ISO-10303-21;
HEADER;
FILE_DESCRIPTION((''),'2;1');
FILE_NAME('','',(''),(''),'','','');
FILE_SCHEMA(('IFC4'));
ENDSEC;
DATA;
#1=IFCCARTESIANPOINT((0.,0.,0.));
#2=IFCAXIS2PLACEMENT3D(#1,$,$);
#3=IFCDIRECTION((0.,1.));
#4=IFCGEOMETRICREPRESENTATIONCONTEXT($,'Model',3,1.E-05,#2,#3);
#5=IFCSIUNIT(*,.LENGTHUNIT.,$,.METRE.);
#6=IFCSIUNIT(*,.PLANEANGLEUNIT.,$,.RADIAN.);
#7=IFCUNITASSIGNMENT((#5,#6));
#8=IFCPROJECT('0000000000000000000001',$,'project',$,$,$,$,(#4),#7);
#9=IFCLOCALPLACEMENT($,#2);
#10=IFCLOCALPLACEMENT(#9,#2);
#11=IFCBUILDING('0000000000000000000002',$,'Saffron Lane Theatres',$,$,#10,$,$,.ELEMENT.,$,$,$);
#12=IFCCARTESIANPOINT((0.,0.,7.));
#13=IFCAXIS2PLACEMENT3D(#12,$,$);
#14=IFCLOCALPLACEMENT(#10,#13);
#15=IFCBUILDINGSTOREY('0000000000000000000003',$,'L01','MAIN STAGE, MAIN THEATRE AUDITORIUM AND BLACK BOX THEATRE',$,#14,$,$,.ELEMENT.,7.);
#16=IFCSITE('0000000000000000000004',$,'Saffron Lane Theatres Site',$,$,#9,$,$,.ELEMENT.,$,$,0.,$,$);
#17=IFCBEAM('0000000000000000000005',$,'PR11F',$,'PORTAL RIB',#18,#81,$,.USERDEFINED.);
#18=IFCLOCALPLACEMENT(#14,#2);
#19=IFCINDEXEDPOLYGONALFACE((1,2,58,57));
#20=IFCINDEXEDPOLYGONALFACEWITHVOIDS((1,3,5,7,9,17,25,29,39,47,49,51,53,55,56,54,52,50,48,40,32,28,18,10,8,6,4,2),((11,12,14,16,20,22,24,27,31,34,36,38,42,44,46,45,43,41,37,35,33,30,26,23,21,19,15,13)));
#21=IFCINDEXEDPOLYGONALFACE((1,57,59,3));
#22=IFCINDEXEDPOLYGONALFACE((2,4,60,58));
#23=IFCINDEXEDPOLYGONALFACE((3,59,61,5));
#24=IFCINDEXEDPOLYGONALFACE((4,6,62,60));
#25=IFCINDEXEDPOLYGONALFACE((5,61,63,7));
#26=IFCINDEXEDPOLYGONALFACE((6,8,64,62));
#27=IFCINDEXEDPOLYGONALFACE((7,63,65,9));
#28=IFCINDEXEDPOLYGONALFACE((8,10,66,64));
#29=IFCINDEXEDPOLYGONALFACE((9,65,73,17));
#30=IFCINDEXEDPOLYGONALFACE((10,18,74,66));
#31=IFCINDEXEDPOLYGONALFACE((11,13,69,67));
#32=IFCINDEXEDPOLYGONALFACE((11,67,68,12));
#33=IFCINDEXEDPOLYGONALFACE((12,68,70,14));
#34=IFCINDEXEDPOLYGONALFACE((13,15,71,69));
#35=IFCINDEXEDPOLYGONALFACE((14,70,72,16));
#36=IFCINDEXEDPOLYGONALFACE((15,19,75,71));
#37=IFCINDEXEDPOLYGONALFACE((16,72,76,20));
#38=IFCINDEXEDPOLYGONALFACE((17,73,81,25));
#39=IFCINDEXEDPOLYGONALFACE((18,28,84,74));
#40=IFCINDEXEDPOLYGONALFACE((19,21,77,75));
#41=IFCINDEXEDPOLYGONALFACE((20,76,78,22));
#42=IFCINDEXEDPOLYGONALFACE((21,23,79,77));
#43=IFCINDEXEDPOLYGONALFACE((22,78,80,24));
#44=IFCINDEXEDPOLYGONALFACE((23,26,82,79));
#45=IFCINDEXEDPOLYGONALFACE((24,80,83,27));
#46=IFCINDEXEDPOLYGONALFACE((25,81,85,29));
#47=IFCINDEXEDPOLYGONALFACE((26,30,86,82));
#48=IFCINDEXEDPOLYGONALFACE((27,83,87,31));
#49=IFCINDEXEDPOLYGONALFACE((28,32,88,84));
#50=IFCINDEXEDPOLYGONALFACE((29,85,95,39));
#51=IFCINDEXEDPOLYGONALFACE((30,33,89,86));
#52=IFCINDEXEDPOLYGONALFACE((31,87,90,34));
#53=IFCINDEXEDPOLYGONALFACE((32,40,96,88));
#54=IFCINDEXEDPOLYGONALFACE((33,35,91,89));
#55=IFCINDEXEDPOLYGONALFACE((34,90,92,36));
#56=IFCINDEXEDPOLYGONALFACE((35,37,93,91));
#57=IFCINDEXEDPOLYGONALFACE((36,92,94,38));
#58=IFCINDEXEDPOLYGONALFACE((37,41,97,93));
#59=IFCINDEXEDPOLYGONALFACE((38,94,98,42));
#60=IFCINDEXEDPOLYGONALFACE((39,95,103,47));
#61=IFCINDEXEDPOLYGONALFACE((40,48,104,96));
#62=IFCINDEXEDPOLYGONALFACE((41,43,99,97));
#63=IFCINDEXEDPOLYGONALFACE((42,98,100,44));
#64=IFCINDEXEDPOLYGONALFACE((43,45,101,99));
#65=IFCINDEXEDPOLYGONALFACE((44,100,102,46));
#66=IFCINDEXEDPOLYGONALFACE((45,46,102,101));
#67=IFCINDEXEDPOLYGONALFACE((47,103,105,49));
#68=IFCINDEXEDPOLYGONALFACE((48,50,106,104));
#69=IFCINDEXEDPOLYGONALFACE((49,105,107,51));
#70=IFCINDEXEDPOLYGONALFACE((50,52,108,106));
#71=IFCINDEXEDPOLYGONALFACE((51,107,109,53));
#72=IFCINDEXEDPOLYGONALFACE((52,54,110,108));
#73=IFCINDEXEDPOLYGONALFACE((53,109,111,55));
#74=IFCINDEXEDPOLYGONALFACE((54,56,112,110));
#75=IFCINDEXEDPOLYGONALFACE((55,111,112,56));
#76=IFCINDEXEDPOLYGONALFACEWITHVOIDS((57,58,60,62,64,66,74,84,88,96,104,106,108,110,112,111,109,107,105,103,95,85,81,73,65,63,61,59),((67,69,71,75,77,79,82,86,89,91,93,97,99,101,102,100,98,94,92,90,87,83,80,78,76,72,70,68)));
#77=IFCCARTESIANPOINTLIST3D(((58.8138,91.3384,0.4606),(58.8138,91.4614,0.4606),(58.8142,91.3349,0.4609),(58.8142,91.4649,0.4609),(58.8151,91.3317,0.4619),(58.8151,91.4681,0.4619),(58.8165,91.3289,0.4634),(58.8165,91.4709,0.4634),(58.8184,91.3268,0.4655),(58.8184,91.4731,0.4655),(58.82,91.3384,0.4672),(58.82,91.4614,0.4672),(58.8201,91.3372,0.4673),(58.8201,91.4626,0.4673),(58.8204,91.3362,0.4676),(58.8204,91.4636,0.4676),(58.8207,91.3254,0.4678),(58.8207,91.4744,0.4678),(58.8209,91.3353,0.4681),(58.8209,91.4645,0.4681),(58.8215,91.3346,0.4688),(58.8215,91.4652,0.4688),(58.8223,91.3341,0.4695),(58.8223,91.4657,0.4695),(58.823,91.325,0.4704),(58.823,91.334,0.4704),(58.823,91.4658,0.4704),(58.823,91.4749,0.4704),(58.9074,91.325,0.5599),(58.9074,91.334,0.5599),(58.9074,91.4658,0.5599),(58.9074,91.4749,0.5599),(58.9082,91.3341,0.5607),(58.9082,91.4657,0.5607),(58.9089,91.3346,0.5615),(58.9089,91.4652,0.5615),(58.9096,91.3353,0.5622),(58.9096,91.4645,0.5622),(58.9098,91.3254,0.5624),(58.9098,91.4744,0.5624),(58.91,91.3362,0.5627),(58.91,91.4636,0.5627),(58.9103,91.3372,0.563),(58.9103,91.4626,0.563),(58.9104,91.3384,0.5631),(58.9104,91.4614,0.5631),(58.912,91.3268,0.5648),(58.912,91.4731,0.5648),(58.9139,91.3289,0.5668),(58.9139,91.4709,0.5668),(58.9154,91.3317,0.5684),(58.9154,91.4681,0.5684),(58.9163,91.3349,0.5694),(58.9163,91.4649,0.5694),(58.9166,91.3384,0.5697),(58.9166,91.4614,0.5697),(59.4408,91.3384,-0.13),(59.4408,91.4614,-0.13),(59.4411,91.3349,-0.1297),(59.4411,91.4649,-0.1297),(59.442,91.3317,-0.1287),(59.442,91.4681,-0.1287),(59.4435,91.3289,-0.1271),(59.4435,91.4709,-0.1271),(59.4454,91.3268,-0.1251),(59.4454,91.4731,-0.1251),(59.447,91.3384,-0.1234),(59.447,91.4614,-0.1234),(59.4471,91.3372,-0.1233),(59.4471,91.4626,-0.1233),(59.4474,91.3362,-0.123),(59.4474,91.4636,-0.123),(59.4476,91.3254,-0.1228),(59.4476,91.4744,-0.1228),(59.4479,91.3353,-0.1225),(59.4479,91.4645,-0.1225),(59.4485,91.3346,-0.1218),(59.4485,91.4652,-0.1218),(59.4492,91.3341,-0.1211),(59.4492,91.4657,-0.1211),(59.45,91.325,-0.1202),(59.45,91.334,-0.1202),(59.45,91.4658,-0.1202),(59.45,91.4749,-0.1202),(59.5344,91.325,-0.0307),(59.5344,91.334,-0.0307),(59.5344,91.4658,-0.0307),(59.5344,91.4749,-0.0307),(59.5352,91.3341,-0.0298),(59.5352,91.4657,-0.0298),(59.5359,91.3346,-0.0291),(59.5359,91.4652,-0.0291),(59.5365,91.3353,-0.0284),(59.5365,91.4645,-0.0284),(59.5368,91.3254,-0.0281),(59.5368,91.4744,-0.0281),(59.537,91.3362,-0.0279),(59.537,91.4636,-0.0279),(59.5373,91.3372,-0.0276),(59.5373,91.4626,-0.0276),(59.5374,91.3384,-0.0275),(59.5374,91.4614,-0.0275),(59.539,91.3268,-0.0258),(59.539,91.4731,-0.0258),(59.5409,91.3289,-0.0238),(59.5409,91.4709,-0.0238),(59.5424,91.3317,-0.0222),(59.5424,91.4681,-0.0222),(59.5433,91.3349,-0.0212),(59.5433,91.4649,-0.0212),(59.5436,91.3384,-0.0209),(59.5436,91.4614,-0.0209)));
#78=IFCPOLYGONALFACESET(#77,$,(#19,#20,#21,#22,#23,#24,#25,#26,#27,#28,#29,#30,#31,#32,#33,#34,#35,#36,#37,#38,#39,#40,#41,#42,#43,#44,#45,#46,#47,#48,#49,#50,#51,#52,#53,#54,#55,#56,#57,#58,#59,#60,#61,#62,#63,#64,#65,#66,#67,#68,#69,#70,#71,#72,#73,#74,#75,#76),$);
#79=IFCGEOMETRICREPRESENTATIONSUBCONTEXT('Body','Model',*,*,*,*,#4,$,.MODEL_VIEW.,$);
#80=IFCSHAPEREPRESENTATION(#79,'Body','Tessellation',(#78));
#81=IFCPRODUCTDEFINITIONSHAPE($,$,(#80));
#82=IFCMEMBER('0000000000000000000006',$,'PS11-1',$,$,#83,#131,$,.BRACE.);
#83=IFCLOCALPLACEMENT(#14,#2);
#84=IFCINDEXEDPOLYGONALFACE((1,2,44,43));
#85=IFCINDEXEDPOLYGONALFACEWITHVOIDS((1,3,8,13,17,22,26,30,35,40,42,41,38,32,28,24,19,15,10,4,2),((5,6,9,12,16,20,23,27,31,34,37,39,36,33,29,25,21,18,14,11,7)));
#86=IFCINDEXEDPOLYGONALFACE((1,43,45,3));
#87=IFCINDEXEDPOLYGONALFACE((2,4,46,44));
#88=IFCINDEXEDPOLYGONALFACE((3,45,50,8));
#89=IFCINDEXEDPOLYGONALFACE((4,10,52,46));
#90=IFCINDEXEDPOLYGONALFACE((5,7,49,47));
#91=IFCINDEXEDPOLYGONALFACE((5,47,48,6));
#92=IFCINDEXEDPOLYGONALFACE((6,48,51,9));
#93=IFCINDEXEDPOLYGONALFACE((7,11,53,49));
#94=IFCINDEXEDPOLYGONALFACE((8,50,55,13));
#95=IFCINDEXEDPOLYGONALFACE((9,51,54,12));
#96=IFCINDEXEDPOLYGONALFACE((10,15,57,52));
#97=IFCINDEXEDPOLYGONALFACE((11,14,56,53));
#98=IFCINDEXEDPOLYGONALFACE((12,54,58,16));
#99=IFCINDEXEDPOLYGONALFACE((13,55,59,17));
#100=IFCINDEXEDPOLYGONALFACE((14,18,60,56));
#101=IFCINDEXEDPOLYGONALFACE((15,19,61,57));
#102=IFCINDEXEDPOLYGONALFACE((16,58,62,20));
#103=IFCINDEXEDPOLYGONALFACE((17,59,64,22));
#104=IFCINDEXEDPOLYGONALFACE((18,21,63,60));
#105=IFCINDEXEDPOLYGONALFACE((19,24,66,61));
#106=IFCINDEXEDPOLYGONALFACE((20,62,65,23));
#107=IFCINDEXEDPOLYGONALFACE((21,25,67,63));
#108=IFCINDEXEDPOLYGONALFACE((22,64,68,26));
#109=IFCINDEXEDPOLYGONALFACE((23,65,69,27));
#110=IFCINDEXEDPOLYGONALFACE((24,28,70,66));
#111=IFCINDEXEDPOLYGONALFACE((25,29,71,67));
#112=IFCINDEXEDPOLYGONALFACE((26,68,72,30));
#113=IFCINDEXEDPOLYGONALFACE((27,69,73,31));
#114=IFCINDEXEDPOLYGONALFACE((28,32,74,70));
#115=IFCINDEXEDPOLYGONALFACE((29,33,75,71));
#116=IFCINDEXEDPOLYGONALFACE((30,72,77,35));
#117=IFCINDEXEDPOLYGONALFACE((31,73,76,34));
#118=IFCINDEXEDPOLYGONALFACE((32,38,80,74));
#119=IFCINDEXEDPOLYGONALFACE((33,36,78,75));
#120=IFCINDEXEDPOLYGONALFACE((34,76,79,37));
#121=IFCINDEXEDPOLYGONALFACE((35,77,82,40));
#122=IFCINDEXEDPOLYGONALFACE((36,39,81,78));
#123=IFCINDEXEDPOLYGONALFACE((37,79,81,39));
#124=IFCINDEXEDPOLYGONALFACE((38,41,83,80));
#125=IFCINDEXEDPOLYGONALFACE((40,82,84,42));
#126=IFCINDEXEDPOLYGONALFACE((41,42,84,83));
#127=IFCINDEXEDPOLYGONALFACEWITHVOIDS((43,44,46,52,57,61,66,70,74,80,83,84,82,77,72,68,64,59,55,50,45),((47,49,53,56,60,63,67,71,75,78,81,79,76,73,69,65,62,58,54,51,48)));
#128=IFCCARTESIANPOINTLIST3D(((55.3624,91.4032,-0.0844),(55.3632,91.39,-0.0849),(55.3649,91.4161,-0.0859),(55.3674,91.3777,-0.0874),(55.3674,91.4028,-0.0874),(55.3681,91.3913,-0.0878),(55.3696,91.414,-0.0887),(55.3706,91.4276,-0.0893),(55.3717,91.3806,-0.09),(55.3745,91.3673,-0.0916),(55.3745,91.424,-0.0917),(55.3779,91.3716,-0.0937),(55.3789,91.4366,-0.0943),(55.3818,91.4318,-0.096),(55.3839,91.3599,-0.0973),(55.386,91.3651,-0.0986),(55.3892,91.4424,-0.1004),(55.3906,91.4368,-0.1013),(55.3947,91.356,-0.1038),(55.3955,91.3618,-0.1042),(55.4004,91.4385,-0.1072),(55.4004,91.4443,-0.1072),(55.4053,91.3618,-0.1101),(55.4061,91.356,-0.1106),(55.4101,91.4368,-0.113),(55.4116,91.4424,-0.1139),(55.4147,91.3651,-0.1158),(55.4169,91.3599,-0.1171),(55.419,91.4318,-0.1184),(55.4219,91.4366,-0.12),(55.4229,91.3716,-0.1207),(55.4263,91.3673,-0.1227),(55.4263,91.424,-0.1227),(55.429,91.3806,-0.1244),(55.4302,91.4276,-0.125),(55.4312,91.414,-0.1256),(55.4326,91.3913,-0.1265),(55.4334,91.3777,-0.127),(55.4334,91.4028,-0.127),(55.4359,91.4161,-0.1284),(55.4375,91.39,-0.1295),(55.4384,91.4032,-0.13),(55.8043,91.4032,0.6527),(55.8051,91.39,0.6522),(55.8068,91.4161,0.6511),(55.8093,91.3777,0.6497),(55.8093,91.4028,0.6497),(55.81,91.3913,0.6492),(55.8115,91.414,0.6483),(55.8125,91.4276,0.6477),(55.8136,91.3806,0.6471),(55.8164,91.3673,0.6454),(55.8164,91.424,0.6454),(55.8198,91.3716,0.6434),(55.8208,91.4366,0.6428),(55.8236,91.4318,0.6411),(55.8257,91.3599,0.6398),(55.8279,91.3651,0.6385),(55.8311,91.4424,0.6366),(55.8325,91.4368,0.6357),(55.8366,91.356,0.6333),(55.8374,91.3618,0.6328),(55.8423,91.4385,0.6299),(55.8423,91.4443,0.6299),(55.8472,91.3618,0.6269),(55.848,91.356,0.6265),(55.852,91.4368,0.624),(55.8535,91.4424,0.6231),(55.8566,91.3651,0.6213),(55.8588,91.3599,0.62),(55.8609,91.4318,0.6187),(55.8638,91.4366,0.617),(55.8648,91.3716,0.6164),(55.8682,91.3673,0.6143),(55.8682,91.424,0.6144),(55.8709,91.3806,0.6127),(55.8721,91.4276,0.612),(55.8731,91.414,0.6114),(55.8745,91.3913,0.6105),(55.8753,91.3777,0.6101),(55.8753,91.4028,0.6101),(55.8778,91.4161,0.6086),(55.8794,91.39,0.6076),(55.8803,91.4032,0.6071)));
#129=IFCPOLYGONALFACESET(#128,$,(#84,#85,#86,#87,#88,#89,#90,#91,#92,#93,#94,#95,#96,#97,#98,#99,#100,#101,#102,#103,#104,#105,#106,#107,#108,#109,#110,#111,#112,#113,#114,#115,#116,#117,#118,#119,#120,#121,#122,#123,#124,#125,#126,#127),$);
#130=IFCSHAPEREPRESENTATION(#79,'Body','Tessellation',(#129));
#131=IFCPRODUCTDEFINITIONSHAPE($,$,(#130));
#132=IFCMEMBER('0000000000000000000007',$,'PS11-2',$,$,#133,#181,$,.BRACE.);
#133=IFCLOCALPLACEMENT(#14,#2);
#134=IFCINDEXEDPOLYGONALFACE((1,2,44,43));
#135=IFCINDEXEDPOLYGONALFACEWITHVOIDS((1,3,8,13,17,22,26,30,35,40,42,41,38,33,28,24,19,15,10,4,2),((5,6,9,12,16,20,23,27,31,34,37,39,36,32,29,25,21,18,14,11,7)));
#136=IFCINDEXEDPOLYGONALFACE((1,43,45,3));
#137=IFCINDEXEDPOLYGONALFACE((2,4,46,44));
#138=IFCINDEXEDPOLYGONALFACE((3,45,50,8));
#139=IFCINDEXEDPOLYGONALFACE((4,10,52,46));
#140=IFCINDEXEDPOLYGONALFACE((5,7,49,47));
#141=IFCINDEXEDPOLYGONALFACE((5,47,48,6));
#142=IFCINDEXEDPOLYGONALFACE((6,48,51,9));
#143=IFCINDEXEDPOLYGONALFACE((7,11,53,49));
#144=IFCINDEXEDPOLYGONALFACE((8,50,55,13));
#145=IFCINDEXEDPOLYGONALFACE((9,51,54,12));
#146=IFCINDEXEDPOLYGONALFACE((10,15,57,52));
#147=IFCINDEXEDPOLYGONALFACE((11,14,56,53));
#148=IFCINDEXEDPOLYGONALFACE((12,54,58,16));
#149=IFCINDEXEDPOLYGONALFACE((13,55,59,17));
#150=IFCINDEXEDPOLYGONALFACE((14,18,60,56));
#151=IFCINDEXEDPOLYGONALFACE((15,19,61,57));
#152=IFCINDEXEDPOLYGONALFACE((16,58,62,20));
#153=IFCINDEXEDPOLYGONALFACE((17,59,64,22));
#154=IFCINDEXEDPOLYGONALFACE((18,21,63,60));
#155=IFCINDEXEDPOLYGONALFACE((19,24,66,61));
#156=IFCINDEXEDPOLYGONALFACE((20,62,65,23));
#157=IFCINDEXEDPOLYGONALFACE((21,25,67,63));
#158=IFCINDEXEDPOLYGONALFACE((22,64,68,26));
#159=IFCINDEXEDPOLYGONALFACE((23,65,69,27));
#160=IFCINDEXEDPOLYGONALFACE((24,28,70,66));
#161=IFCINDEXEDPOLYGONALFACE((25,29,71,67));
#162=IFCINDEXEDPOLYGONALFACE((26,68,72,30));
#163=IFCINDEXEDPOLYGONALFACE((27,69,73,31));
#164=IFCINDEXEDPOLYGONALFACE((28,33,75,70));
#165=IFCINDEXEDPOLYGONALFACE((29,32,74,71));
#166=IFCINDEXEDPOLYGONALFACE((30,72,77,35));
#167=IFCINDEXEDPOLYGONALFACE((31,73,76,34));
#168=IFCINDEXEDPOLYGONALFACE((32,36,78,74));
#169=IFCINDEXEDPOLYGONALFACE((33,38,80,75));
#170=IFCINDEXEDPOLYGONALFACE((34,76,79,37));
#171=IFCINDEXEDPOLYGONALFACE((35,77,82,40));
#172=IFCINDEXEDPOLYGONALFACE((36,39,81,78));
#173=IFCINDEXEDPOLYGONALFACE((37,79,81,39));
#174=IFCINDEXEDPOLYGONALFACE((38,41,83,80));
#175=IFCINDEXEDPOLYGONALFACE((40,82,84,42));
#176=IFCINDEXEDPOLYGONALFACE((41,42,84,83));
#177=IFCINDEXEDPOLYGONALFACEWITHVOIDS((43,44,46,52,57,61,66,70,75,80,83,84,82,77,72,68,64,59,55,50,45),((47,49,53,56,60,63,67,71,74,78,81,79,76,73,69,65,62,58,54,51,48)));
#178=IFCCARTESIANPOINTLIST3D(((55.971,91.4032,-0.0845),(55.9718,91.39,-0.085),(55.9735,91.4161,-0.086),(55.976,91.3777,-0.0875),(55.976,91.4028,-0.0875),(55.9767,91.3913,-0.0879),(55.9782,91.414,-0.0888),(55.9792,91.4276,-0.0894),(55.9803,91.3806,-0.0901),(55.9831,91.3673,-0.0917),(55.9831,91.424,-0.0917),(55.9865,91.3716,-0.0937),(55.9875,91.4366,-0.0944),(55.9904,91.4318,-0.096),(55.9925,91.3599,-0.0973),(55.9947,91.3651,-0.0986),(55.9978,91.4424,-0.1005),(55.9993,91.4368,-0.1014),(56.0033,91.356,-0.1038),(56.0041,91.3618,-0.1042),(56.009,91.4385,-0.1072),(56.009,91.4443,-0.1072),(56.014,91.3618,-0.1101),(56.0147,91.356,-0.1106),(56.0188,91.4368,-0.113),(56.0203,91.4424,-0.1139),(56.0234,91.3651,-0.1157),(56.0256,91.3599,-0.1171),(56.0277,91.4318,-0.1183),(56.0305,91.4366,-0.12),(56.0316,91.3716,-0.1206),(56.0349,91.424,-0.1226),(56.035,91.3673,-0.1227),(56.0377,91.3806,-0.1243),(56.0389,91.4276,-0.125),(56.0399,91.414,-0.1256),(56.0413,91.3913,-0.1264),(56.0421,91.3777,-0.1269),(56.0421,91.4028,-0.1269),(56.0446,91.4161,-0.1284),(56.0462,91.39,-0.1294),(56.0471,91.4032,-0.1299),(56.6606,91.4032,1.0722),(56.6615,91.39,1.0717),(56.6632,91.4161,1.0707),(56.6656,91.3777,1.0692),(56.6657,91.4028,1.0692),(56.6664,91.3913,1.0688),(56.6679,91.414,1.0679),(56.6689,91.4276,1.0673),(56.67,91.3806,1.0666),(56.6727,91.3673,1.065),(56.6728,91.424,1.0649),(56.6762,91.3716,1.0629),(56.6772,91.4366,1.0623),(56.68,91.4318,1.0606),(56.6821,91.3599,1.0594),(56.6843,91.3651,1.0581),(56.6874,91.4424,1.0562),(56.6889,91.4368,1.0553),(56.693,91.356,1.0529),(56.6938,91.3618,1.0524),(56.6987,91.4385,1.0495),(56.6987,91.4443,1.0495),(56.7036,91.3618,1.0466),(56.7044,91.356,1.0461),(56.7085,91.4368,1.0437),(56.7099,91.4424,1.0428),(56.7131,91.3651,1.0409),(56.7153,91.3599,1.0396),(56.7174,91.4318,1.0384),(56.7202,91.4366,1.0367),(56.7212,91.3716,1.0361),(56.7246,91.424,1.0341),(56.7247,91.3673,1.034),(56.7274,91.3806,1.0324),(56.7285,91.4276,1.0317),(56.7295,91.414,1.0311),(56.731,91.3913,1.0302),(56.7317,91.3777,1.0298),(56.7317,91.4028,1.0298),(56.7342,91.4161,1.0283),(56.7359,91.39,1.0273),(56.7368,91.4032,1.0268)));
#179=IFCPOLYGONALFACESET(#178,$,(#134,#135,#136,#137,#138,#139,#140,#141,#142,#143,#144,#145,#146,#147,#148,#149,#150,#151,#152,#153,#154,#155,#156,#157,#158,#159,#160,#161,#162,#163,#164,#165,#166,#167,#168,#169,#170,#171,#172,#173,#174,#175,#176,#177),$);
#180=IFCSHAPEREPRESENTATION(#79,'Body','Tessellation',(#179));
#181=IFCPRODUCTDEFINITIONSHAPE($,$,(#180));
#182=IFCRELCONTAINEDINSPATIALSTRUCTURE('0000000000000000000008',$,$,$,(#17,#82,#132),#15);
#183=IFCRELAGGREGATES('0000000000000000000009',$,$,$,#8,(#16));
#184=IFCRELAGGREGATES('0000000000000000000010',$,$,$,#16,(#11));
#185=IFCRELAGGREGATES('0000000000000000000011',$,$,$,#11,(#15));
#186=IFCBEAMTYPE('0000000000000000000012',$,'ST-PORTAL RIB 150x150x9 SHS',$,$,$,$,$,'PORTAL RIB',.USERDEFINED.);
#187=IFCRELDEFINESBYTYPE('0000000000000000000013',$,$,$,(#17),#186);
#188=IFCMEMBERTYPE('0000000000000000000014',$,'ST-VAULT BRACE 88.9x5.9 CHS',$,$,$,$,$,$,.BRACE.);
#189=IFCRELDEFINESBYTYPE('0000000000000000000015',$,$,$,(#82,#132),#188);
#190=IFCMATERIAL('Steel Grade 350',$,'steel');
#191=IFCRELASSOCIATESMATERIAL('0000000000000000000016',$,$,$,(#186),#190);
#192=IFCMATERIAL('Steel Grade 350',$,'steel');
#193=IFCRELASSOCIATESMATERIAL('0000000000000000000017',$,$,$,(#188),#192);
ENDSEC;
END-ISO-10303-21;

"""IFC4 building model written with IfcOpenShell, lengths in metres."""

from ifc_helpers import new_model, si_unit, direction, frame, origin, origin_2d, place, context, subcontext, project, spatial, hollow_rectangle, hollow_circle, extrude, material, material_profile, profile_set, type_object, element, save


model = new_model("IFC4")

# Units and contexts
model_context = context("Model", 3, precision=1e-05, world=origin(), true_north=direction((0.0, 1.0)))
body_context = subcontext(model_context, "Body", "Model", "MODEL_VIEW")
ifc_project = project(units=[si_unit("LENGTHUNIT", "METRE"), si_unit("PLANEANGLEUNIT", "RADIAN")], contexts=[model_context])

# Site, building, storey
site_placement = place(None, origin())
site = spatial("IfcSite", under=ifc_project, at=site_placement, Name="Saffron Lane Theatres Site", CompositionType="ELEMENT", RefElevation=0.0)
building_placement = place(site_placement, origin())
building = spatial("IfcBuilding", under=site, at=building_placement, Name="Saffron Lane Theatres", CompositionType="ELEMENT")
storey_placement = place(building_placement, frame((0.0, 0.0, 7.0)))
storey = spatial("IfcBuildingStorey", under=building, at=storey_placement, Name="L01", Description="MAIN STAGE, MAIN THEATRE AUDITORIUM AND BLACK BOX THEATRE", CompositionType="ELEMENT", Elevation=7.0)

# Beam
ifc_material_1 = material(Name="Steel Grade 350", Category="steel")
ifc_material_profile_1 = material_profile(ifc_material_1, hollow_rectangle(XDim=0.1499, YDim=0.1499, WallThickness=0.009, InnerFilletRadius=0.0044, OuterFilletRadius=0.0134, at=origin_2d()))
ifc_profile_set_1 = profile_set([ifc_material_profile_1], Name="Steel Grade 350")
beam_type_1 = type_object("IfcBeamType", Name="ST-PORTAL RIB 150x150x9 SHS", ElementType="PORTAL RIB", PredefinedType="USERDEFINED", material=ifc_profile_set_1)
beam_1_placement = place(storey_placement, frame((58.8652, 91.3999, 0.5151), z_axis=(0.727909, 0.0, -0.685674), x_axis=(0.0, 1.0, 0.0)))
element("IfcBeam", 1, at=beam_1_placement, inside=storey, type_object=beam_type_1, Name="PR11F", ObjectType="PORTAL RIB", PredefinedType="USERDEFINED", context=body_context, shape_type="SweptSolid", body=[
    extrude(hollow_rectangle(XDim=0.1499, YDim=0.1499, WallThickness=0.009, InnerFilletRadius=0.0044, OuterFilletRadius=0.0134, at=origin_2d()), origin(), (0.0, 0.0, 1.0), 0.8613),
])

# Members
ifc_material_2 = material(Name="Steel Grade 350", Category="steel")
ifc_material_profile_2 = material_profile(ifc_material_2, hollow_circle(Radius=0.0444, WallThickness=0.0059, at=origin_2d()))
ifc_profile_set_2 = profile_set([ifc_material_profile_2], Name="Steel Grade 350")
member_type_1 = type_object("IfcMemberType", Name="ST-VAULT BRACE 88.9x5.9 CHS", PredefinedType="BRACE", material=ifc_profile_set_2)
member_1_placement = place(storey_placement, frame((55.4004, 91.3999, -0.1072), z_axis=(0.514203, 0.0, 0.857668), x_axis=(0.0, 1.0, 0.0)))
element("IfcMember", 2, at=member_1_placement, inside=storey, type_object=member_type_1, Name="PS11-1", PredefinedType="BRACE", context=body_context, shape_type="SweptSolid", body=[
    extrude(hollow_circle(Radius=0.0444, WallThickness=0.0059, at=origin_2d()), origin(), (0.0, 0.0, 1.0), 0.8594),
])
member_2_placement = place(storey_placement, frame((56.009, 91.3999, -0.1072), z_axis=(0.512121, 0.0, 0.858913), x_axis=(0.0, 1.0, 0.0)))
element("IfcMember", 3, at=member_2_placement, inside=storey, type_object=member_type_1, Name="PS11-2", PredefinedType="BRACE", context=body_context, shape_type="SweptSolid", body=[
    extrude(hollow_circle(Radius=0.0444, WallThickness=0.0059, at=origin_2d()), origin(), (0.0, 0.0, 1.0), 1.3467),
])

save(model, "model.ifc")
